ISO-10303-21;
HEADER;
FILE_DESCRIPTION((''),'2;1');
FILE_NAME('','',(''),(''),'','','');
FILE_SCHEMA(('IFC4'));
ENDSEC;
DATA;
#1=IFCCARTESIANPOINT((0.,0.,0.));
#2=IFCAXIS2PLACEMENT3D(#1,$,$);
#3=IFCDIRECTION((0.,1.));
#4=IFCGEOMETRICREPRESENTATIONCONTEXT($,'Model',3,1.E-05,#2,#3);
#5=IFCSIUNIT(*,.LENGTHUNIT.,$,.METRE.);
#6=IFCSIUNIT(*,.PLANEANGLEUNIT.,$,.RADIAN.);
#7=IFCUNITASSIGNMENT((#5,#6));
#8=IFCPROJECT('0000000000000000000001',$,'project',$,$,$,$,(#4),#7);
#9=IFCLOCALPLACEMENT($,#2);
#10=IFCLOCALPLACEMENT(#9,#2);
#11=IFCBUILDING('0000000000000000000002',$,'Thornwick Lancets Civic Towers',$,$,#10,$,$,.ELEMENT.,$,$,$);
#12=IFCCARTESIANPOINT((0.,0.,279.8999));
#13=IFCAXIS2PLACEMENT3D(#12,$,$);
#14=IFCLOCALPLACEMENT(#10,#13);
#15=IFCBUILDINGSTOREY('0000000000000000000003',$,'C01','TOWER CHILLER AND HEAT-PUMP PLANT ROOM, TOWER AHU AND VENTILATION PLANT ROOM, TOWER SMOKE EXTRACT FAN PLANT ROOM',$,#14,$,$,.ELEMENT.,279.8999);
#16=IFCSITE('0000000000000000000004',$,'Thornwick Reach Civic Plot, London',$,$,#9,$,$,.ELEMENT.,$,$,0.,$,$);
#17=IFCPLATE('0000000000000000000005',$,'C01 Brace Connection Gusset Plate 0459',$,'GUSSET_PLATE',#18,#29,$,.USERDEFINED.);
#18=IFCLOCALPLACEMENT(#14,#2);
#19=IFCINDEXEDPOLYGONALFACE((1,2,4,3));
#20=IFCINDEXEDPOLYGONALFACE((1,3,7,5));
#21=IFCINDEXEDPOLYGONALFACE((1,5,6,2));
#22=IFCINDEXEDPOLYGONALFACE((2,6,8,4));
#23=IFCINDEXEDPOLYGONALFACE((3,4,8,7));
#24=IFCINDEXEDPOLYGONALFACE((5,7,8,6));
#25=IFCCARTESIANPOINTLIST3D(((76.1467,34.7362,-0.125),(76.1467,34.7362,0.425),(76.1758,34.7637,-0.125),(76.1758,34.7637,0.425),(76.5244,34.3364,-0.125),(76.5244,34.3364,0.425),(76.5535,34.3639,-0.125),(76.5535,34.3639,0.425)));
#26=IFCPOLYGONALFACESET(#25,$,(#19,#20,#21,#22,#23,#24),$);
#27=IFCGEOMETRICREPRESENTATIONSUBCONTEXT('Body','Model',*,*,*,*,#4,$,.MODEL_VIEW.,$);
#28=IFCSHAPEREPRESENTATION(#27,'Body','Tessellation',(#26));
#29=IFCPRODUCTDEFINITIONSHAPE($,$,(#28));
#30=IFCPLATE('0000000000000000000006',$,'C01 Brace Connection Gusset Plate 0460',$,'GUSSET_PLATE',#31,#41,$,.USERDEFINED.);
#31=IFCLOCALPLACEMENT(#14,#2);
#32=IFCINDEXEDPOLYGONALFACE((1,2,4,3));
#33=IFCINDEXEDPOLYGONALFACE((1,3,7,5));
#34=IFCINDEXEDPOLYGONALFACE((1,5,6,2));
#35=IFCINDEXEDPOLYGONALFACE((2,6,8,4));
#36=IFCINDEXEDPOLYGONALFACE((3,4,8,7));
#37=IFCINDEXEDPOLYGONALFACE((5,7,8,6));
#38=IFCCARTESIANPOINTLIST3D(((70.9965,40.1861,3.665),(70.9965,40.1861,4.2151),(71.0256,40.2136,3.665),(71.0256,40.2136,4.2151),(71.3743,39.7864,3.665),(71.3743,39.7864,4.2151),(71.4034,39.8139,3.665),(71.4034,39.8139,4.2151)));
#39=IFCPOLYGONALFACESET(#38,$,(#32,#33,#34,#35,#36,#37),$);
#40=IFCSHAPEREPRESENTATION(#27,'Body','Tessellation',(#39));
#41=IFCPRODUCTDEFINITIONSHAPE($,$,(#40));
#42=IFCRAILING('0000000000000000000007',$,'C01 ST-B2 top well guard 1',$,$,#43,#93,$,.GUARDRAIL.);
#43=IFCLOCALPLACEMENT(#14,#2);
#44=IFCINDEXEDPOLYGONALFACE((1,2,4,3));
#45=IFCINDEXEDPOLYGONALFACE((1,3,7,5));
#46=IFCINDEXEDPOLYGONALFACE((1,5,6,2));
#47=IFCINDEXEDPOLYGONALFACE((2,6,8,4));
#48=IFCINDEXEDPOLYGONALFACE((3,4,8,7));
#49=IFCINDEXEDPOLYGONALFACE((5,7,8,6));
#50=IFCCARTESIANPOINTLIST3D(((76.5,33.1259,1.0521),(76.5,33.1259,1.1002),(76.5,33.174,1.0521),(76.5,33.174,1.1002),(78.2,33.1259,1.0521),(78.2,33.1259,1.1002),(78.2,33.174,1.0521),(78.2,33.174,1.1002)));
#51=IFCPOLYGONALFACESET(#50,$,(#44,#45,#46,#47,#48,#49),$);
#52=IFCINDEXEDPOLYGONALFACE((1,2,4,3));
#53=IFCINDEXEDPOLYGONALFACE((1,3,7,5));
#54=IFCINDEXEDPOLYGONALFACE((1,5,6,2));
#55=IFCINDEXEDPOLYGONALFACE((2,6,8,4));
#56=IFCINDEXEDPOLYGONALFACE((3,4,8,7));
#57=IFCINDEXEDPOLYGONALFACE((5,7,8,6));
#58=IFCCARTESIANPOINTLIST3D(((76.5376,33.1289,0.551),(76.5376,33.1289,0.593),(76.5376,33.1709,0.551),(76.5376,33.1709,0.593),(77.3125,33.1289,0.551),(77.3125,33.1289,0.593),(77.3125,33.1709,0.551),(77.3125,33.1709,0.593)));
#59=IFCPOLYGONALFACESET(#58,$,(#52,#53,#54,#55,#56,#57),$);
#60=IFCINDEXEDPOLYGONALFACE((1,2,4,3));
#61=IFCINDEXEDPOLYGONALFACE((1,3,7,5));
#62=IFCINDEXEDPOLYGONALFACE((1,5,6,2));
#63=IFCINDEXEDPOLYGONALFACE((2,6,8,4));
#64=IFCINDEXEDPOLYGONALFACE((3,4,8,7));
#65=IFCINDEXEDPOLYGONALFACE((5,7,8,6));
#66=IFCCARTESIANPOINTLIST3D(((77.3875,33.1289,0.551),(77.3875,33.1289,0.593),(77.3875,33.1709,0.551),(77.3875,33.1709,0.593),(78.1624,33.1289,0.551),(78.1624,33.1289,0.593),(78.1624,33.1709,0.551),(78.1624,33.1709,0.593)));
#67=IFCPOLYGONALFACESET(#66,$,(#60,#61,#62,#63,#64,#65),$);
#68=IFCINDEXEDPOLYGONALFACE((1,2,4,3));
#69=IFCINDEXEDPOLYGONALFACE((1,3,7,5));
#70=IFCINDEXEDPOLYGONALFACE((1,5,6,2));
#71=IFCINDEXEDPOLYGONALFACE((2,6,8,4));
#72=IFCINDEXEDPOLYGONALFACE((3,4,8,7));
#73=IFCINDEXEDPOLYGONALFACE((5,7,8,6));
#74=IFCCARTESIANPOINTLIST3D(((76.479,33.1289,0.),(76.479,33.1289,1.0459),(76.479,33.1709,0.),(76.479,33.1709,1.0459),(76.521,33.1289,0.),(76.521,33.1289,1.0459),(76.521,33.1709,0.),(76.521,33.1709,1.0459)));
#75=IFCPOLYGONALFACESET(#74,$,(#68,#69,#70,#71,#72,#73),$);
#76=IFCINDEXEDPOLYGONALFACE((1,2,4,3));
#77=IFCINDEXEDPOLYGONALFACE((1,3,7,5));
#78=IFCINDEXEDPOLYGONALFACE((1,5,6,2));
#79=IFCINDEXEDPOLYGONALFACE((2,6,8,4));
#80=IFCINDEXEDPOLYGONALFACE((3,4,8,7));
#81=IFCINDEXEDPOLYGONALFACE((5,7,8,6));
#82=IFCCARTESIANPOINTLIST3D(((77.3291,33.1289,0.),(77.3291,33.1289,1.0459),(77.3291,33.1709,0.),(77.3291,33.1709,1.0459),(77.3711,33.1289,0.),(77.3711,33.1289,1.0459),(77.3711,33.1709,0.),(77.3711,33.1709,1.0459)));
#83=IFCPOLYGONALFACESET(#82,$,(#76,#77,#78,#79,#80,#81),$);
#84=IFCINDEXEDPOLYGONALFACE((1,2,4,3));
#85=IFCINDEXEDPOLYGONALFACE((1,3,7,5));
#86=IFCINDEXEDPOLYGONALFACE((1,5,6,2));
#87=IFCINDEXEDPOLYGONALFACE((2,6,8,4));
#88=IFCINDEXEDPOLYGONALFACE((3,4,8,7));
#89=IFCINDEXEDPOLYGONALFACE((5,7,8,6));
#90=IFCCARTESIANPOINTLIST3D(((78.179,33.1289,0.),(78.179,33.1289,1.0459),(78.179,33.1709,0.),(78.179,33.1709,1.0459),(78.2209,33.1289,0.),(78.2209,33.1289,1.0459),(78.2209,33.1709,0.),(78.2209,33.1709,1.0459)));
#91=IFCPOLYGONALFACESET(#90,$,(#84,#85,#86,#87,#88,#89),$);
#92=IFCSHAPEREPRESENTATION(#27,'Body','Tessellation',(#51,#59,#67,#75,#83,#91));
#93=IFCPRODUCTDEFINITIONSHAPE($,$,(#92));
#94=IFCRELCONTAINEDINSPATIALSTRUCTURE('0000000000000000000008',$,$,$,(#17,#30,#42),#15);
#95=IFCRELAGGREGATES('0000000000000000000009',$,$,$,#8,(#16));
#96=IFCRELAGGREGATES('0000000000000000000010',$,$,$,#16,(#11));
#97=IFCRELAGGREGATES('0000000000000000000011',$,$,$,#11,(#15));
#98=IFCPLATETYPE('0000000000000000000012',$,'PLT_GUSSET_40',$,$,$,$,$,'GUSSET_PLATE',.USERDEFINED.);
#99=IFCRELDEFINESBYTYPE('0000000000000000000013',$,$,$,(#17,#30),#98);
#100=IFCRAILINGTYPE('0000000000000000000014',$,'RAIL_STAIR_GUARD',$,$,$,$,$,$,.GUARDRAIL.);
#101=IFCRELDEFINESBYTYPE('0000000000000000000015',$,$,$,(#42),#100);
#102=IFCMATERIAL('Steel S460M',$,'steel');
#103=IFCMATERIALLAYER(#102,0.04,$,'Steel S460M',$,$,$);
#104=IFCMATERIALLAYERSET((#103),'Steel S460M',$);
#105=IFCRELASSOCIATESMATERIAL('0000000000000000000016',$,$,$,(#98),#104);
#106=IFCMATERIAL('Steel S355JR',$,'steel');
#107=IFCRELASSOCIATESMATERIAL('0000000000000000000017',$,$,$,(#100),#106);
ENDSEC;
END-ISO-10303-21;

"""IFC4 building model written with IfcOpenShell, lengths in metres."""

from ifc_helpers import new_model, si_unit, direction, frame, origin, origin_2d, place, context, subcontext, project, spatial, rectangle, extrude, material, layer, layer_set, type_object, element, save


model = new_model("IFC4")

# Units and contexts
model_context = context("Model", 3, precision=1e-05, world=origin(), true_north=direction((0.0, 1.0)))
body_context = subcontext(model_context, "Body", "Model", "MODEL_VIEW")
ifc_project = project(units=[si_unit("LENGTHUNIT", "METRE"), si_unit("PLANEANGLEUNIT", "RADIAN")], contexts=[model_context])

# Site, building, storey
site_placement = place(None, origin())
site = spatial("IfcSite", under=ifc_project, at=site_placement, Name="Thornwick Reach Civic Plot, London", CompositionType="ELEMENT", RefElevation=0.0)
building_placement = place(site_placement, origin())
building = spatial("IfcBuilding", under=site, at=building_placement, Name="Thornwick Lancets Civic Towers", CompositionType="ELEMENT")
storey_placement = place(building_placement, frame((0.0, 0.0, 279.8999)))
storey = spatial("IfcBuildingStorey", under=building, at=storey_placement, Name="C01", Description="TOWER CHILLER AND HEAT-PUMP PLANT ROOM, TOWER AHU AND VENTILATION PLANT ROOM, TOWER SMOKE EXTRACT FAN PLANT ROOM", CompositionType="ELEMENT", Elevation=279.8999)

# Shared definitions
ifc_material_1 = material(Name="Steel S355JR", Category="steel")

# Shared definitions
ifc_material_2 = material(Name="Steel S460M", Category="steel")

# Plates
ifc_layer_1 = layer(ifc_material_2, 0.04, Name="Steel S460M")
ifc_layer_set_1 = layer_set([ifc_layer_1], Name="Steel S460M")
plate_type_1 = type_object("IfcPlateType", Name="PLT_GUSSET_40", ElementType="GUSSET_PLATE", PredefinedType="USERDEFINED", material=ifc_layer_set_1)
for number, where, z_axis, x_axis, name in (
    (1, (76.3501, 34.55, -0.125), (0.0, 0.0, 1.0), (-0.686834, 0.726814, 0.0), "C01 Brace Connection Gusset Plate 0459"),
    (2, (71.2, 40.0, 3.665), (0.0, 0.0, 1.0), (-0.686834, 0.726814, 0.0), "C01 Brace Connection Gusset Plate 0460"),
):
    element("IfcPlate", number, at=place(storey_placement, frame(where, z_axis=z_axis, x_axis=x_axis)), inside=storey, type_object=plate_type_1, Name=name, ObjectType="GUSSET_PLATE", PredefinedType="USERDEFINED", context=body_context, shape_type="SweptSolid", body=[
        extrude(rectangle(XDim=0.55, YDim=0.04, at=origin_2d()), origin(), (0.0, 0.0, 1.0), 0.55),
    ])

# Railing
railing_type = type_object("IfcRailingType", Name="RAIL_STAIR_GUARD", PredefinedType="GUARDRAIL", material=ifc_material_1)
railing_placement = place(storey_placement, frame((76.5, 33.1499, 0.0)))
element("IfcRailing", 3, at=railing_placement, inside=storey, type_object=railing_type, Name="C01 ST-B2 top well guard 1", PredefinedType="GUARDRAIL", context=body_context, shape_type="SweptSolid", body=[
    extrude(rectangle(XDim=0.0481, YDim=0.0481, at=origin_2d()), frame((0.0, 0.0, 1.0762), z_axis=(1.0, 0.0, 0.0), x_axis=(0.0, 1.0, 0.0)), (0.0, 0.0, 1.0), 1.7),
    extrude(rectangle(XDim=0.042, YDim=0.042, at=origin_2d()), frame((0.0376, 0.0, 0.572), z_axis=(1.0, 0.0, 0.0), x_axis=(0.0, 1.0, 0.0)), (0.0, 0.0, 1.0), 0.7749),
    extrude(rectangle(XDim=0.042, YDim=0.042, at=origin_2d()), frame((0.8875, 0.0, 0.572), z_axis=(1.0, 0.0, 0.0), x_axis=(0.0, 1.0, 0.0)), (0.0, 0.0, 1.0), 0.7749),
    extrude(rectangle(XDim=0.042, YDim=0.042, at=origin_2d()), origin(), (0.0, 0.0, 1.0), 1.0459),
    extrude(rectangle(XDim=0.042, YDim=0.042, at=origin_2d()), frame((0.8501, 0.0, 0.0)), (0.0, 0.0, 1.0), 1.0459),
    extrude(rectangle(XDim=0.042, YDim=0.042, at=origin_2d()), frame((1.7, 0.0, 0.0)), (0.0, 0.0, 1.0), 1.0459),
])

save(model, "model.ifc")
